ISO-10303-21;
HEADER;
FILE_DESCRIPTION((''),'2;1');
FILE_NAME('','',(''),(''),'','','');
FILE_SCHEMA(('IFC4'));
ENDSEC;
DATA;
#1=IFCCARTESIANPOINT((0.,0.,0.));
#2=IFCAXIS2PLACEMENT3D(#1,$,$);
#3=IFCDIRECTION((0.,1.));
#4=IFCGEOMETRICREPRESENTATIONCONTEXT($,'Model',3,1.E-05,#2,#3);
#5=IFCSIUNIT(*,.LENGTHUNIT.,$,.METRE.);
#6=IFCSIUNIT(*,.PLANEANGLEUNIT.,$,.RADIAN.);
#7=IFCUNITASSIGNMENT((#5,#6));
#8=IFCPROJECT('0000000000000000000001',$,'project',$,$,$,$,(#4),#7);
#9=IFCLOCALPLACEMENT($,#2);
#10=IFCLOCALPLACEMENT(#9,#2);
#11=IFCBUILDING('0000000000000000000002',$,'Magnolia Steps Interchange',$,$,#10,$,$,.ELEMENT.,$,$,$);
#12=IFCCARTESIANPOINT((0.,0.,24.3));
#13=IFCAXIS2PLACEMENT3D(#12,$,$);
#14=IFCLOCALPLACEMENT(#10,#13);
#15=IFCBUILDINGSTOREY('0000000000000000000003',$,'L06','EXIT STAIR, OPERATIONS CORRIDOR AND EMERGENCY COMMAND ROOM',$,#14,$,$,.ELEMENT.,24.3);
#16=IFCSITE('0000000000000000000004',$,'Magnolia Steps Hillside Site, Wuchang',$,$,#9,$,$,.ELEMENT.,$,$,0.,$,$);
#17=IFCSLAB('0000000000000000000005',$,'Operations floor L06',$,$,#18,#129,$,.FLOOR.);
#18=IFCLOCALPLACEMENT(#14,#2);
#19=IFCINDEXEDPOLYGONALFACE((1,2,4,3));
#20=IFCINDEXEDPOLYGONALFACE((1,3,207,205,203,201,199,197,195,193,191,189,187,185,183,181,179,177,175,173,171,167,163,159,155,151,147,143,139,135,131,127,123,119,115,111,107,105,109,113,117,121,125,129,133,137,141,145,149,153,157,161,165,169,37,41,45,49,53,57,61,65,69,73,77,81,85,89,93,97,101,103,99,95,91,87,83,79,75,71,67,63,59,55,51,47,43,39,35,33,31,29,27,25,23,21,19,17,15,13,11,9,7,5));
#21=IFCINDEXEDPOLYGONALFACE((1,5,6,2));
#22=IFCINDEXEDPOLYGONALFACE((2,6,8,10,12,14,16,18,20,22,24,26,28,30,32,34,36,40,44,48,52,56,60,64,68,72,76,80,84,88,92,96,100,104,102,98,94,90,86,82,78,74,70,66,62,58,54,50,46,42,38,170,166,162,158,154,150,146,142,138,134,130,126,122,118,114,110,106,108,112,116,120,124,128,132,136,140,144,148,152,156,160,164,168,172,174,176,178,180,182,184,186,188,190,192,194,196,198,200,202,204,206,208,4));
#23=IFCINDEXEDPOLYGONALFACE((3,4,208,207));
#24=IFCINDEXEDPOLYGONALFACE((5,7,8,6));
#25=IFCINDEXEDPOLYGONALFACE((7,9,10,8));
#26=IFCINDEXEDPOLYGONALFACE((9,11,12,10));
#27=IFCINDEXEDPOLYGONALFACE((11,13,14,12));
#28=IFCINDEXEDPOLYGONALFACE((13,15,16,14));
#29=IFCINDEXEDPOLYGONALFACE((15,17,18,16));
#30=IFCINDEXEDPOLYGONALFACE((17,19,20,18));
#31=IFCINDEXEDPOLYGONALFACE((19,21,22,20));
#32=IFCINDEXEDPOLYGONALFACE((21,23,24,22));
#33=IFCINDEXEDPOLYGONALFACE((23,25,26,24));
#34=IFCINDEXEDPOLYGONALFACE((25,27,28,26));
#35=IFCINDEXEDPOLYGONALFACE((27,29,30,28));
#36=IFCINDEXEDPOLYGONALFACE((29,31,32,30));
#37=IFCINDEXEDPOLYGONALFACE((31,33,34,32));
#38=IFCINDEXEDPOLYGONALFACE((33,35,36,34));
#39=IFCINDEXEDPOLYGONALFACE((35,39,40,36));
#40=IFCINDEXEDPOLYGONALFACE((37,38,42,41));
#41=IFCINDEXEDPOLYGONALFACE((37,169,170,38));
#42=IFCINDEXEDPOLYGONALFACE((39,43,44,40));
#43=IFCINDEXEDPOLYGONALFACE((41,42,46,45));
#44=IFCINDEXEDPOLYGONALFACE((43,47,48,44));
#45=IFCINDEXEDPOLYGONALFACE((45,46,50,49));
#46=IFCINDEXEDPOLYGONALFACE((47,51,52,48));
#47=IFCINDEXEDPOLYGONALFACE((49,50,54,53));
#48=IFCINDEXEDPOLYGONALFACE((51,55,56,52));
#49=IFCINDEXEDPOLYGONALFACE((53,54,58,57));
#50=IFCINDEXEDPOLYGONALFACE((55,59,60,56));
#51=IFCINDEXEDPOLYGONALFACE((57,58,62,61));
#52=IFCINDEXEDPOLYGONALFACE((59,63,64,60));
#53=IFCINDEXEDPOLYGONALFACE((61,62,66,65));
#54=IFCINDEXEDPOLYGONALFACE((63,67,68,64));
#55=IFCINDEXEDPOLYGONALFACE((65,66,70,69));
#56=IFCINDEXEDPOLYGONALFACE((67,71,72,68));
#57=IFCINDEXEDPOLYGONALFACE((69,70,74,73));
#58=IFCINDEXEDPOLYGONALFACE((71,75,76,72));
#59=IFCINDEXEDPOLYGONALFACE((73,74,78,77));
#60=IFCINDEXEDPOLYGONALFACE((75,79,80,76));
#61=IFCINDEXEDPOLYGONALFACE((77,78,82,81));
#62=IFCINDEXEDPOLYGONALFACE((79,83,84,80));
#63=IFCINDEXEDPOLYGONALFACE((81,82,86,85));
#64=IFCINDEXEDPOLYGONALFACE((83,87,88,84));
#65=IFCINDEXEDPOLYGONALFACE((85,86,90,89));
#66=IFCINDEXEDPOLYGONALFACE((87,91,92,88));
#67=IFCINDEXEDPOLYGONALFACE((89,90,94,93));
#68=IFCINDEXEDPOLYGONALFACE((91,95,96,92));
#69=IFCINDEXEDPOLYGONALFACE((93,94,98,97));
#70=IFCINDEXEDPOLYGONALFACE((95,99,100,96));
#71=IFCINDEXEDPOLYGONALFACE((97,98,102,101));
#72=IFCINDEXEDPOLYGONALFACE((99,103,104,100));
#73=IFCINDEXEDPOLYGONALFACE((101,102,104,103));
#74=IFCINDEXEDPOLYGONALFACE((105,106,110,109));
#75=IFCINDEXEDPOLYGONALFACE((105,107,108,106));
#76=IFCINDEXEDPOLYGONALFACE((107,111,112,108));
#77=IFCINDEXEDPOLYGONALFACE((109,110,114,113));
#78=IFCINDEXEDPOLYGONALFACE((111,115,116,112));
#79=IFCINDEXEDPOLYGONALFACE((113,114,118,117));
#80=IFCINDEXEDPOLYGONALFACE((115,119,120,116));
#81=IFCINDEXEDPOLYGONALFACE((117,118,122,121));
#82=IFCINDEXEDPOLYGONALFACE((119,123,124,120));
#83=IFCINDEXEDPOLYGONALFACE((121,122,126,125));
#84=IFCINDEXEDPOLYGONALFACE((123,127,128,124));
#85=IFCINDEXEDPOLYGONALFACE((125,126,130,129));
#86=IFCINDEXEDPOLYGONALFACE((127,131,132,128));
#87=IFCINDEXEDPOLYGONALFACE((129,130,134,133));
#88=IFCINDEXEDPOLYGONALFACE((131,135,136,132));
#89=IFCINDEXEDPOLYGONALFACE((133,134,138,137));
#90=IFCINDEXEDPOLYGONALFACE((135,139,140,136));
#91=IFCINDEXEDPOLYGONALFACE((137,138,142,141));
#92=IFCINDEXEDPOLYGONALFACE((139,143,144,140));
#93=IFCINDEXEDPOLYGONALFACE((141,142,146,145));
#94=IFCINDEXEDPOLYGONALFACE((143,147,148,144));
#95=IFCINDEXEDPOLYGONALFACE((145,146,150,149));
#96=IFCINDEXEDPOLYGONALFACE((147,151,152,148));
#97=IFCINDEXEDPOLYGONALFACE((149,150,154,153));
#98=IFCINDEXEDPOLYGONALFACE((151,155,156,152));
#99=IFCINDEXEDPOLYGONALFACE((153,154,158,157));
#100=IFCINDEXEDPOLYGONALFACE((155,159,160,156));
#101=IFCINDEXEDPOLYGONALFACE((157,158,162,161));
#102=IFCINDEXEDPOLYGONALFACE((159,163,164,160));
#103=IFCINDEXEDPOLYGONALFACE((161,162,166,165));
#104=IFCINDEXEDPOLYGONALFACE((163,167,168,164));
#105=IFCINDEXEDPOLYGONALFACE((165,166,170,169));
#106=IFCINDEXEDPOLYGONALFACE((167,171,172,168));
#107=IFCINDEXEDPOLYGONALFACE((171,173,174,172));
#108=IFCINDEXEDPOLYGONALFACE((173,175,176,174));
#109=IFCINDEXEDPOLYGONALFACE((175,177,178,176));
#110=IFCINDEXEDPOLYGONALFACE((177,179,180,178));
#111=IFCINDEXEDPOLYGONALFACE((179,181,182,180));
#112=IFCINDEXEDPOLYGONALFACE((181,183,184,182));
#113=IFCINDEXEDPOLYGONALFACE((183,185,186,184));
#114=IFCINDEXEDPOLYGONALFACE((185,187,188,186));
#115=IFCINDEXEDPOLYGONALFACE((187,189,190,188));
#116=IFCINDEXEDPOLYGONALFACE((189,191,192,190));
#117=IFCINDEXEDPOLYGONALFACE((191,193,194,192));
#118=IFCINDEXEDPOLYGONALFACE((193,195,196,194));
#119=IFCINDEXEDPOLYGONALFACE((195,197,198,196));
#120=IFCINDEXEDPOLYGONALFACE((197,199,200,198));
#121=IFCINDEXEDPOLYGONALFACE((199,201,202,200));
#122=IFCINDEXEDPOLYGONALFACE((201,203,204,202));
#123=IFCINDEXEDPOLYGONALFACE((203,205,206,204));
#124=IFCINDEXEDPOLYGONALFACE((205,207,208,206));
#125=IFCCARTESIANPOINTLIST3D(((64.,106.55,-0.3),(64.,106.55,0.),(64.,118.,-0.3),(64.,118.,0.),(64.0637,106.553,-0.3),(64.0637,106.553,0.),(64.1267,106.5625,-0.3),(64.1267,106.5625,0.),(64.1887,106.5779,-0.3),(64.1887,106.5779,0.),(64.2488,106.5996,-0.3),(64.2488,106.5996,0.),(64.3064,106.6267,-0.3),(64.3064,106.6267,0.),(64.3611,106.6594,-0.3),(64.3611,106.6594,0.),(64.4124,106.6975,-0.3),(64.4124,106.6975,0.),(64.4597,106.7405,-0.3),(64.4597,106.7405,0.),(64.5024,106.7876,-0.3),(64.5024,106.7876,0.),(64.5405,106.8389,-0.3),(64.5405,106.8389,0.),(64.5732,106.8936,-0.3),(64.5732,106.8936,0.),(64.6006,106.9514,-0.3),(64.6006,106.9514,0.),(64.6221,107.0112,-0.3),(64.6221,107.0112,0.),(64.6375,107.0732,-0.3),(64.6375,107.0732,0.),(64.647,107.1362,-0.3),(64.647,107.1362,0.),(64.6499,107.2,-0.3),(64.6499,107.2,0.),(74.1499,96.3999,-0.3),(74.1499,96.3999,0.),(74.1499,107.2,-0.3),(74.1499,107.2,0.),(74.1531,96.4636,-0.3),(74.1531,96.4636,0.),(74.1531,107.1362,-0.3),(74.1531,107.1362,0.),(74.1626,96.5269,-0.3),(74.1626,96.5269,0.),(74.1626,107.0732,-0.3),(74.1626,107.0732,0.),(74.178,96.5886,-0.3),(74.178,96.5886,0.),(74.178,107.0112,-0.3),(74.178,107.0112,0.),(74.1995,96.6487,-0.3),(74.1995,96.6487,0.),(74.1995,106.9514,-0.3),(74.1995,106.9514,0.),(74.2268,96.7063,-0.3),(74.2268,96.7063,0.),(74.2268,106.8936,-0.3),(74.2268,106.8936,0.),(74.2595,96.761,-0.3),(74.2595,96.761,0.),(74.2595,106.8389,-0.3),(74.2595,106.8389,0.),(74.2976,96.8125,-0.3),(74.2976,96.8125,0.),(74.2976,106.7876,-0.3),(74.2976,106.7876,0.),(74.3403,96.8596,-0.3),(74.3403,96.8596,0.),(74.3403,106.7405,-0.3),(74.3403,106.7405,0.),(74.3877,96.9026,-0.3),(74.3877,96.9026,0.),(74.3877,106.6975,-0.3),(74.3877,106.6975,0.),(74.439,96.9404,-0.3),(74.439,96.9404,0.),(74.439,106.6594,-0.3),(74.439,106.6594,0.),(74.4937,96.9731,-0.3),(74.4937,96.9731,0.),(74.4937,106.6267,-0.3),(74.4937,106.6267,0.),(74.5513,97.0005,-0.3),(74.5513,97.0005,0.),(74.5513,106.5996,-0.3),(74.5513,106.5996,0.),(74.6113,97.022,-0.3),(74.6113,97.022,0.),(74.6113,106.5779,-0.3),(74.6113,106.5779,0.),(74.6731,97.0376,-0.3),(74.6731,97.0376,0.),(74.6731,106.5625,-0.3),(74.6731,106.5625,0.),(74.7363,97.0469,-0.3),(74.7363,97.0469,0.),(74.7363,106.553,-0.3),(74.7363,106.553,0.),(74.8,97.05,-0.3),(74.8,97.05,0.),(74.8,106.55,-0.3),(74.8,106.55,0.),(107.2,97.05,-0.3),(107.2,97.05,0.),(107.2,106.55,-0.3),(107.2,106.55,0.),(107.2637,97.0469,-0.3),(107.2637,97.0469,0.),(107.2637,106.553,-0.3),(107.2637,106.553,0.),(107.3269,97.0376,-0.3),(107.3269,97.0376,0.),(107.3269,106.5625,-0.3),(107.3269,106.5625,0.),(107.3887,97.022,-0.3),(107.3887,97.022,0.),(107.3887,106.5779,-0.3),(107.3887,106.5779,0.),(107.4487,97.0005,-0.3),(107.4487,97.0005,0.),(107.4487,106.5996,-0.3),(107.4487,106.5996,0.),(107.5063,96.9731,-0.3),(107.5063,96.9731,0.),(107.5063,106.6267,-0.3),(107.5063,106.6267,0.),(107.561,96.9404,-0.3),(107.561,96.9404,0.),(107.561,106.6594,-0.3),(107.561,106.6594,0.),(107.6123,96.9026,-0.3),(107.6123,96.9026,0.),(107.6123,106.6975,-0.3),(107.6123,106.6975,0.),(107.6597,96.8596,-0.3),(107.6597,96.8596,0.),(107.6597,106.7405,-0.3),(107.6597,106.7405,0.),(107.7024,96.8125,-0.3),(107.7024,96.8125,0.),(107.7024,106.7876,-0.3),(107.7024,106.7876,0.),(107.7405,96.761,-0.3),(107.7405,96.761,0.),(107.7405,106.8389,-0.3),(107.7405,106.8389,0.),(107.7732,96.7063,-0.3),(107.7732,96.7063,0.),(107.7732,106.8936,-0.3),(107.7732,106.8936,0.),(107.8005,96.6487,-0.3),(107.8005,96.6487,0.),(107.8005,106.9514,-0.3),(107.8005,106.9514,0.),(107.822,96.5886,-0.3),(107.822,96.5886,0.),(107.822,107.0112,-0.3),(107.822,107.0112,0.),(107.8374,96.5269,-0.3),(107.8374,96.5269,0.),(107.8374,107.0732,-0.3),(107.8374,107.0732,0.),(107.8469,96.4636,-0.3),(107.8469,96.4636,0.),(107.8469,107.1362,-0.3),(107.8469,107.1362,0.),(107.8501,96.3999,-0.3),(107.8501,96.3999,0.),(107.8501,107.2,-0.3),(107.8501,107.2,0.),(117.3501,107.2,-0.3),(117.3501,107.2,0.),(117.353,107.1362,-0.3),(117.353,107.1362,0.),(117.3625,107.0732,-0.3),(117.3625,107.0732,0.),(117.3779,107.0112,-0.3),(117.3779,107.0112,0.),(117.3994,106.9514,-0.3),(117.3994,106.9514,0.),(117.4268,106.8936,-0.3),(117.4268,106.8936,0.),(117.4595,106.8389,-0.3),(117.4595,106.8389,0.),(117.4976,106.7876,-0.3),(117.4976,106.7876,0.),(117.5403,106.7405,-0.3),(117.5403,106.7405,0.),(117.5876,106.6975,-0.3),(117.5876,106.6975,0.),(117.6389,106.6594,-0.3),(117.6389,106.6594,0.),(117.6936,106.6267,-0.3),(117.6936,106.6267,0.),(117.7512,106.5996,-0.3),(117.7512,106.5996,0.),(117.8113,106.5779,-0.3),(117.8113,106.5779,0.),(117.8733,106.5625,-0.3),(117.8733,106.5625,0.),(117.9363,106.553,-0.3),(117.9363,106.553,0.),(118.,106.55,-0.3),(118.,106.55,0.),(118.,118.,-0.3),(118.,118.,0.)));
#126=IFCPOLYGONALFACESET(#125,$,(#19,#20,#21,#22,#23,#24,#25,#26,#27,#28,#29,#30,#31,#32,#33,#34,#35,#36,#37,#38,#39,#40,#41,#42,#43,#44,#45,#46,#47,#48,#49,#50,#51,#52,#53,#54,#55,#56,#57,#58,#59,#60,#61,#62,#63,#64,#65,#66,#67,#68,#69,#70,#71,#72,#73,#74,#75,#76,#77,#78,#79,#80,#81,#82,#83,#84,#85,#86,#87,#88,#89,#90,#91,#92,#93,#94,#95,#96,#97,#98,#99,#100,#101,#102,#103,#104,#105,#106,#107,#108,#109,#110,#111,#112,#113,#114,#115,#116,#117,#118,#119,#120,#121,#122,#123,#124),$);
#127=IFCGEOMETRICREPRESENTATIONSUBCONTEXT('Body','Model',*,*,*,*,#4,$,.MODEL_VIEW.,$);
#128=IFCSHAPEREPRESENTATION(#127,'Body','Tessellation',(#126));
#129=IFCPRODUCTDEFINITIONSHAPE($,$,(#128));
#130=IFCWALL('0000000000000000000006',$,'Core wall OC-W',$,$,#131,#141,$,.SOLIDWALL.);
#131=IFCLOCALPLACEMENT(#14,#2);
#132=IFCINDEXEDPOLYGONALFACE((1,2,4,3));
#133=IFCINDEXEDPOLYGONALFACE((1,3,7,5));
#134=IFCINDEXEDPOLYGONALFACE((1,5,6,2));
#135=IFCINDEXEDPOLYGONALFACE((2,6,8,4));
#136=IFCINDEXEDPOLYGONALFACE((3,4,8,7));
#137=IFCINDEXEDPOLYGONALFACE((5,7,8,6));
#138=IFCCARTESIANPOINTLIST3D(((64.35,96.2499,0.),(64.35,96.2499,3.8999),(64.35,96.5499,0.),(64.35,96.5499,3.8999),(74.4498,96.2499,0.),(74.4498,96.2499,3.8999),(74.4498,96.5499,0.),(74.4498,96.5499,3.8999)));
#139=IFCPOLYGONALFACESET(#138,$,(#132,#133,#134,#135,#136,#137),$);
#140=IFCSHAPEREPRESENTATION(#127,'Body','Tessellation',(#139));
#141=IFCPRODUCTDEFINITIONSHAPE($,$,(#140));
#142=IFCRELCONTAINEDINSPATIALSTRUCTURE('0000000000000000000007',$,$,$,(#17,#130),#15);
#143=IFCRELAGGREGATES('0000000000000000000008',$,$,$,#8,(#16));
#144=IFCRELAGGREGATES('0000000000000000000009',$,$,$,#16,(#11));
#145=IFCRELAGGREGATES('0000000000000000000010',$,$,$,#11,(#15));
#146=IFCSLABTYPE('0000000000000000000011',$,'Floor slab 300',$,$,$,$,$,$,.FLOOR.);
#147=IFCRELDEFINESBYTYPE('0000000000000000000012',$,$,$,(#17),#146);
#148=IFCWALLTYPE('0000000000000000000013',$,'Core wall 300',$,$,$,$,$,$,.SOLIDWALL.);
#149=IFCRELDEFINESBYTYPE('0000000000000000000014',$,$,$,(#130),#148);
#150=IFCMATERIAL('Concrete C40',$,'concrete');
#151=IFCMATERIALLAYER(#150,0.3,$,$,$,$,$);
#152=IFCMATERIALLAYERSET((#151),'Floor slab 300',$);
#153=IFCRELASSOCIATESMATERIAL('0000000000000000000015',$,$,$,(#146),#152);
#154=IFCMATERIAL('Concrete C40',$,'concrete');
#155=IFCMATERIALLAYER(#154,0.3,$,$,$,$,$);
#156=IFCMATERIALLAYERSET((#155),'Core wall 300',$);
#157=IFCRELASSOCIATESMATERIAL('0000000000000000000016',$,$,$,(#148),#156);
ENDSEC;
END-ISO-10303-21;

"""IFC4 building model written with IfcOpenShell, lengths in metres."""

from ifc_helpers import new_model, si_unit, direction, frame, frame_2d, origin, place, context, subcontext, project, spatial, polyline, rectangle, outline, extrude, material, layer, layer_set, type_object, element, save


model = new_model("IFC4")

# Units and contexts
model_context = context("Model", 3, precision=1e-05, world=origin(), true_north=direction((0.0, 1.0)))
body_context = subcontext(model_context, "Body", "Model", "MODEL_VIEW")
ifc_project = project(units=[si_unit("LENGTHUNIT", "METRE"), si_unit("PLANEANGLEUNIT", "RADIAN")], contexts=[model_context])

# Site, building, storey
site_placement = place(None, origin())
site = spatial("IfcSite", under=ifc_project, at=site_placement, Name="Magnolia Steps Hillside Site, Wuchang", CompositionType="ELEMENT", RefElevation=0.0)
building_placement = place(site_placement, origin())
building = spatial("IfcBuilding", under=site, at=building_placement, Name="Magnolia Steps Interchange", CompositionType="ELEMENT")
storey_placement = place(building_placement, frame((0.0, 0.0, 24.3)))
storey = spatial("IfcBuildingStorey", under=building, at=storey_placement, Name="L06", Description="EXIT STAIR, OPERATIONS CORRIDOR AND EMERGENCY COMMAND ROOM", CompositionType="ELEMENT", Elevation=24.3)

# Slab
ifc_material_1 = material(Name="Concrete C40", Category="concrete")
ifc_layer_1 = layer(ifc_material_1, 0.3)
ifc_layer_set_1 = layer_set([ifc_layer_1], Name="Floor slab 300")
slab_type_1 = type_object("IfcSlabType", Name="Floor slab 300", PredefinedType="FLOOR", material=ifc_layer_set_1)
slab_1_placement = place(storey_placement, frame((0.0, 0.0, -0.3)))
element("IfcSlab", 1, at=slab_1_placement, inside=storey, type_object=slab_type_1, Name="Operations floor L06", PredefinedType="FLOOR", context=body_context, shape_type="SweptSolid", body=[
    extrude(outline(polyline([(64.0, 106.55), (64.0637, 106.553), (64.1267, 106.5625), (64.1887, 106.5779), (64.2488, 106.5996), (64.3064, 106.6267), (64.3611, 106.6594), (64.4124, 106.6975), (64.4597, 106.7405), (64.5024, 106.7876), (64.5405, 106.8389), (64.5732, 106.8936), (64.6006, 106.9514), (64.6221, 107.0112), (64.6375, 107.0732), (64.647, 107.1362), (64.6499, 107.2), (74.1499, 107.2), (74.1531, 107.1362), (74.1626, 107.0732), (74.178, 107.0112), (74.1995, 106.9514), (74.2268, 106.8936), (74.2595, 106.8389), (74.2976, 106.7876), (74.3403, 106.7405), (74.3877, 106.6975), (74.439, 106.6594), (74.4937, 106.6267), (74.5513, 106.5996), (74.6113, 106.5779), (74.6731, 106.5625), (74.7363, 106.553), (74.8, 106.55), (74.8, 97.05), (74.7363, 97.0469), (74.6731, 97.0376), (74.6113, 97.022), (74.5513, 97.0005), (74.4937, 96.9731), (74.439, 96.9404), (74.3877, 96.9026), (74.3403, 96.8596), (74.2976, 96.8125), (74.2595, 96.761), (74.2268, 96.7063), (74.1995, 96.6487), (74.178, 96.5886), (74.1626, 96.5269), (74.1531, 96.4636), (74.1499, 96.3999), (107.8501, 96.3999), (107.8469, 96.4636), (107.8374, 96.5269), (107.822, 96.5886), (107.8005, 96.6487), (107.7732, 96.7063), (107.7405, 96.761), (107.7024, 96.8125), (107.6597, 96.8596), (107.6123, 96.9026), (107.561, 96.9404), (107.5063, 96.9731), (107.4487, 97.0005), (107.3887, 97.022), (107.3269, 97.0376), (107.2637, 97.0469), (107.2, 97.05), (107.2, 106.55), (107.2637, 106.553), (107.3269, 106.5625), (107.3887, 106.5779), (107.4487, 106.5996), (107.5063, 106.6267), (107.561, 106.6594), (107.6123, 106.6975), (107.6597, 106.7405), (107.7024, 106.7876), (107.7405, 106.8389), (107.7732, 106.8936), (107.8005, 106.9514), (107.822, 107.0112), (107.8374, 107.0732), (107.8469, 107.1362), (107.8501, 107.2), (117.3501, 107.2), (117.353, 107.1362), (117.3625, 107.0732), (117.3779, 107.0112), (117.3994, 106.9514), (117.4268, 106.8936), (117.4595, 106.8389), (117.4976, 106.7876), (117.5403, 106.7405), (117.5876, 106.6975), (117.6389, 106.6594), (117.6936, 106.6267), (117.7512, 106.5996), (117.8113, 106.5779), (117.8733, 106.5625), (117.9363, 106.553), (118.0, 106.55), (118.0, 118.0), (64.0, 118.0), (64.0, 106.55)])), origin(), (0.0, 0.0, 1.0), 0.3),
])

# Wall
ifc_material_2 = material(Name="Concrete C40", Category="concrete")
ifc_layer_2 = layer(ifc_material_2, 0.3)
ifc_layer_set_2 = layer_set([ifc_layer_2], Name="Core wall 300")
wall_type_1 = type_object("IfcWallType", Name="Core wall 300", PredefinedType="SOLIDWALL", material=ifc_layer_set_2)
wall_1_placement = place(storey_placement, frame((64.3501, 96.3999, 0.0), z_axis=(0.0, 0.0, 1.0), x_axis=(1.0, 0.0, 0.0)))
element("IfcWall", 2, at=wall_1_placement, inside=storey, type_object=wall_type_1, Name="Core wall OC-W", PredefinedType="SOLIDWALL", context=body_context, shape_type="SweptSolid", body=[
    extrude(rectangle(XDim=10.0999, YDim=0.3, at=frame_2d((5.0498, 0.0))), origin(), (0.0, 0.0, 1.0), 3.8999),
])

save(model, "model.ifc")
